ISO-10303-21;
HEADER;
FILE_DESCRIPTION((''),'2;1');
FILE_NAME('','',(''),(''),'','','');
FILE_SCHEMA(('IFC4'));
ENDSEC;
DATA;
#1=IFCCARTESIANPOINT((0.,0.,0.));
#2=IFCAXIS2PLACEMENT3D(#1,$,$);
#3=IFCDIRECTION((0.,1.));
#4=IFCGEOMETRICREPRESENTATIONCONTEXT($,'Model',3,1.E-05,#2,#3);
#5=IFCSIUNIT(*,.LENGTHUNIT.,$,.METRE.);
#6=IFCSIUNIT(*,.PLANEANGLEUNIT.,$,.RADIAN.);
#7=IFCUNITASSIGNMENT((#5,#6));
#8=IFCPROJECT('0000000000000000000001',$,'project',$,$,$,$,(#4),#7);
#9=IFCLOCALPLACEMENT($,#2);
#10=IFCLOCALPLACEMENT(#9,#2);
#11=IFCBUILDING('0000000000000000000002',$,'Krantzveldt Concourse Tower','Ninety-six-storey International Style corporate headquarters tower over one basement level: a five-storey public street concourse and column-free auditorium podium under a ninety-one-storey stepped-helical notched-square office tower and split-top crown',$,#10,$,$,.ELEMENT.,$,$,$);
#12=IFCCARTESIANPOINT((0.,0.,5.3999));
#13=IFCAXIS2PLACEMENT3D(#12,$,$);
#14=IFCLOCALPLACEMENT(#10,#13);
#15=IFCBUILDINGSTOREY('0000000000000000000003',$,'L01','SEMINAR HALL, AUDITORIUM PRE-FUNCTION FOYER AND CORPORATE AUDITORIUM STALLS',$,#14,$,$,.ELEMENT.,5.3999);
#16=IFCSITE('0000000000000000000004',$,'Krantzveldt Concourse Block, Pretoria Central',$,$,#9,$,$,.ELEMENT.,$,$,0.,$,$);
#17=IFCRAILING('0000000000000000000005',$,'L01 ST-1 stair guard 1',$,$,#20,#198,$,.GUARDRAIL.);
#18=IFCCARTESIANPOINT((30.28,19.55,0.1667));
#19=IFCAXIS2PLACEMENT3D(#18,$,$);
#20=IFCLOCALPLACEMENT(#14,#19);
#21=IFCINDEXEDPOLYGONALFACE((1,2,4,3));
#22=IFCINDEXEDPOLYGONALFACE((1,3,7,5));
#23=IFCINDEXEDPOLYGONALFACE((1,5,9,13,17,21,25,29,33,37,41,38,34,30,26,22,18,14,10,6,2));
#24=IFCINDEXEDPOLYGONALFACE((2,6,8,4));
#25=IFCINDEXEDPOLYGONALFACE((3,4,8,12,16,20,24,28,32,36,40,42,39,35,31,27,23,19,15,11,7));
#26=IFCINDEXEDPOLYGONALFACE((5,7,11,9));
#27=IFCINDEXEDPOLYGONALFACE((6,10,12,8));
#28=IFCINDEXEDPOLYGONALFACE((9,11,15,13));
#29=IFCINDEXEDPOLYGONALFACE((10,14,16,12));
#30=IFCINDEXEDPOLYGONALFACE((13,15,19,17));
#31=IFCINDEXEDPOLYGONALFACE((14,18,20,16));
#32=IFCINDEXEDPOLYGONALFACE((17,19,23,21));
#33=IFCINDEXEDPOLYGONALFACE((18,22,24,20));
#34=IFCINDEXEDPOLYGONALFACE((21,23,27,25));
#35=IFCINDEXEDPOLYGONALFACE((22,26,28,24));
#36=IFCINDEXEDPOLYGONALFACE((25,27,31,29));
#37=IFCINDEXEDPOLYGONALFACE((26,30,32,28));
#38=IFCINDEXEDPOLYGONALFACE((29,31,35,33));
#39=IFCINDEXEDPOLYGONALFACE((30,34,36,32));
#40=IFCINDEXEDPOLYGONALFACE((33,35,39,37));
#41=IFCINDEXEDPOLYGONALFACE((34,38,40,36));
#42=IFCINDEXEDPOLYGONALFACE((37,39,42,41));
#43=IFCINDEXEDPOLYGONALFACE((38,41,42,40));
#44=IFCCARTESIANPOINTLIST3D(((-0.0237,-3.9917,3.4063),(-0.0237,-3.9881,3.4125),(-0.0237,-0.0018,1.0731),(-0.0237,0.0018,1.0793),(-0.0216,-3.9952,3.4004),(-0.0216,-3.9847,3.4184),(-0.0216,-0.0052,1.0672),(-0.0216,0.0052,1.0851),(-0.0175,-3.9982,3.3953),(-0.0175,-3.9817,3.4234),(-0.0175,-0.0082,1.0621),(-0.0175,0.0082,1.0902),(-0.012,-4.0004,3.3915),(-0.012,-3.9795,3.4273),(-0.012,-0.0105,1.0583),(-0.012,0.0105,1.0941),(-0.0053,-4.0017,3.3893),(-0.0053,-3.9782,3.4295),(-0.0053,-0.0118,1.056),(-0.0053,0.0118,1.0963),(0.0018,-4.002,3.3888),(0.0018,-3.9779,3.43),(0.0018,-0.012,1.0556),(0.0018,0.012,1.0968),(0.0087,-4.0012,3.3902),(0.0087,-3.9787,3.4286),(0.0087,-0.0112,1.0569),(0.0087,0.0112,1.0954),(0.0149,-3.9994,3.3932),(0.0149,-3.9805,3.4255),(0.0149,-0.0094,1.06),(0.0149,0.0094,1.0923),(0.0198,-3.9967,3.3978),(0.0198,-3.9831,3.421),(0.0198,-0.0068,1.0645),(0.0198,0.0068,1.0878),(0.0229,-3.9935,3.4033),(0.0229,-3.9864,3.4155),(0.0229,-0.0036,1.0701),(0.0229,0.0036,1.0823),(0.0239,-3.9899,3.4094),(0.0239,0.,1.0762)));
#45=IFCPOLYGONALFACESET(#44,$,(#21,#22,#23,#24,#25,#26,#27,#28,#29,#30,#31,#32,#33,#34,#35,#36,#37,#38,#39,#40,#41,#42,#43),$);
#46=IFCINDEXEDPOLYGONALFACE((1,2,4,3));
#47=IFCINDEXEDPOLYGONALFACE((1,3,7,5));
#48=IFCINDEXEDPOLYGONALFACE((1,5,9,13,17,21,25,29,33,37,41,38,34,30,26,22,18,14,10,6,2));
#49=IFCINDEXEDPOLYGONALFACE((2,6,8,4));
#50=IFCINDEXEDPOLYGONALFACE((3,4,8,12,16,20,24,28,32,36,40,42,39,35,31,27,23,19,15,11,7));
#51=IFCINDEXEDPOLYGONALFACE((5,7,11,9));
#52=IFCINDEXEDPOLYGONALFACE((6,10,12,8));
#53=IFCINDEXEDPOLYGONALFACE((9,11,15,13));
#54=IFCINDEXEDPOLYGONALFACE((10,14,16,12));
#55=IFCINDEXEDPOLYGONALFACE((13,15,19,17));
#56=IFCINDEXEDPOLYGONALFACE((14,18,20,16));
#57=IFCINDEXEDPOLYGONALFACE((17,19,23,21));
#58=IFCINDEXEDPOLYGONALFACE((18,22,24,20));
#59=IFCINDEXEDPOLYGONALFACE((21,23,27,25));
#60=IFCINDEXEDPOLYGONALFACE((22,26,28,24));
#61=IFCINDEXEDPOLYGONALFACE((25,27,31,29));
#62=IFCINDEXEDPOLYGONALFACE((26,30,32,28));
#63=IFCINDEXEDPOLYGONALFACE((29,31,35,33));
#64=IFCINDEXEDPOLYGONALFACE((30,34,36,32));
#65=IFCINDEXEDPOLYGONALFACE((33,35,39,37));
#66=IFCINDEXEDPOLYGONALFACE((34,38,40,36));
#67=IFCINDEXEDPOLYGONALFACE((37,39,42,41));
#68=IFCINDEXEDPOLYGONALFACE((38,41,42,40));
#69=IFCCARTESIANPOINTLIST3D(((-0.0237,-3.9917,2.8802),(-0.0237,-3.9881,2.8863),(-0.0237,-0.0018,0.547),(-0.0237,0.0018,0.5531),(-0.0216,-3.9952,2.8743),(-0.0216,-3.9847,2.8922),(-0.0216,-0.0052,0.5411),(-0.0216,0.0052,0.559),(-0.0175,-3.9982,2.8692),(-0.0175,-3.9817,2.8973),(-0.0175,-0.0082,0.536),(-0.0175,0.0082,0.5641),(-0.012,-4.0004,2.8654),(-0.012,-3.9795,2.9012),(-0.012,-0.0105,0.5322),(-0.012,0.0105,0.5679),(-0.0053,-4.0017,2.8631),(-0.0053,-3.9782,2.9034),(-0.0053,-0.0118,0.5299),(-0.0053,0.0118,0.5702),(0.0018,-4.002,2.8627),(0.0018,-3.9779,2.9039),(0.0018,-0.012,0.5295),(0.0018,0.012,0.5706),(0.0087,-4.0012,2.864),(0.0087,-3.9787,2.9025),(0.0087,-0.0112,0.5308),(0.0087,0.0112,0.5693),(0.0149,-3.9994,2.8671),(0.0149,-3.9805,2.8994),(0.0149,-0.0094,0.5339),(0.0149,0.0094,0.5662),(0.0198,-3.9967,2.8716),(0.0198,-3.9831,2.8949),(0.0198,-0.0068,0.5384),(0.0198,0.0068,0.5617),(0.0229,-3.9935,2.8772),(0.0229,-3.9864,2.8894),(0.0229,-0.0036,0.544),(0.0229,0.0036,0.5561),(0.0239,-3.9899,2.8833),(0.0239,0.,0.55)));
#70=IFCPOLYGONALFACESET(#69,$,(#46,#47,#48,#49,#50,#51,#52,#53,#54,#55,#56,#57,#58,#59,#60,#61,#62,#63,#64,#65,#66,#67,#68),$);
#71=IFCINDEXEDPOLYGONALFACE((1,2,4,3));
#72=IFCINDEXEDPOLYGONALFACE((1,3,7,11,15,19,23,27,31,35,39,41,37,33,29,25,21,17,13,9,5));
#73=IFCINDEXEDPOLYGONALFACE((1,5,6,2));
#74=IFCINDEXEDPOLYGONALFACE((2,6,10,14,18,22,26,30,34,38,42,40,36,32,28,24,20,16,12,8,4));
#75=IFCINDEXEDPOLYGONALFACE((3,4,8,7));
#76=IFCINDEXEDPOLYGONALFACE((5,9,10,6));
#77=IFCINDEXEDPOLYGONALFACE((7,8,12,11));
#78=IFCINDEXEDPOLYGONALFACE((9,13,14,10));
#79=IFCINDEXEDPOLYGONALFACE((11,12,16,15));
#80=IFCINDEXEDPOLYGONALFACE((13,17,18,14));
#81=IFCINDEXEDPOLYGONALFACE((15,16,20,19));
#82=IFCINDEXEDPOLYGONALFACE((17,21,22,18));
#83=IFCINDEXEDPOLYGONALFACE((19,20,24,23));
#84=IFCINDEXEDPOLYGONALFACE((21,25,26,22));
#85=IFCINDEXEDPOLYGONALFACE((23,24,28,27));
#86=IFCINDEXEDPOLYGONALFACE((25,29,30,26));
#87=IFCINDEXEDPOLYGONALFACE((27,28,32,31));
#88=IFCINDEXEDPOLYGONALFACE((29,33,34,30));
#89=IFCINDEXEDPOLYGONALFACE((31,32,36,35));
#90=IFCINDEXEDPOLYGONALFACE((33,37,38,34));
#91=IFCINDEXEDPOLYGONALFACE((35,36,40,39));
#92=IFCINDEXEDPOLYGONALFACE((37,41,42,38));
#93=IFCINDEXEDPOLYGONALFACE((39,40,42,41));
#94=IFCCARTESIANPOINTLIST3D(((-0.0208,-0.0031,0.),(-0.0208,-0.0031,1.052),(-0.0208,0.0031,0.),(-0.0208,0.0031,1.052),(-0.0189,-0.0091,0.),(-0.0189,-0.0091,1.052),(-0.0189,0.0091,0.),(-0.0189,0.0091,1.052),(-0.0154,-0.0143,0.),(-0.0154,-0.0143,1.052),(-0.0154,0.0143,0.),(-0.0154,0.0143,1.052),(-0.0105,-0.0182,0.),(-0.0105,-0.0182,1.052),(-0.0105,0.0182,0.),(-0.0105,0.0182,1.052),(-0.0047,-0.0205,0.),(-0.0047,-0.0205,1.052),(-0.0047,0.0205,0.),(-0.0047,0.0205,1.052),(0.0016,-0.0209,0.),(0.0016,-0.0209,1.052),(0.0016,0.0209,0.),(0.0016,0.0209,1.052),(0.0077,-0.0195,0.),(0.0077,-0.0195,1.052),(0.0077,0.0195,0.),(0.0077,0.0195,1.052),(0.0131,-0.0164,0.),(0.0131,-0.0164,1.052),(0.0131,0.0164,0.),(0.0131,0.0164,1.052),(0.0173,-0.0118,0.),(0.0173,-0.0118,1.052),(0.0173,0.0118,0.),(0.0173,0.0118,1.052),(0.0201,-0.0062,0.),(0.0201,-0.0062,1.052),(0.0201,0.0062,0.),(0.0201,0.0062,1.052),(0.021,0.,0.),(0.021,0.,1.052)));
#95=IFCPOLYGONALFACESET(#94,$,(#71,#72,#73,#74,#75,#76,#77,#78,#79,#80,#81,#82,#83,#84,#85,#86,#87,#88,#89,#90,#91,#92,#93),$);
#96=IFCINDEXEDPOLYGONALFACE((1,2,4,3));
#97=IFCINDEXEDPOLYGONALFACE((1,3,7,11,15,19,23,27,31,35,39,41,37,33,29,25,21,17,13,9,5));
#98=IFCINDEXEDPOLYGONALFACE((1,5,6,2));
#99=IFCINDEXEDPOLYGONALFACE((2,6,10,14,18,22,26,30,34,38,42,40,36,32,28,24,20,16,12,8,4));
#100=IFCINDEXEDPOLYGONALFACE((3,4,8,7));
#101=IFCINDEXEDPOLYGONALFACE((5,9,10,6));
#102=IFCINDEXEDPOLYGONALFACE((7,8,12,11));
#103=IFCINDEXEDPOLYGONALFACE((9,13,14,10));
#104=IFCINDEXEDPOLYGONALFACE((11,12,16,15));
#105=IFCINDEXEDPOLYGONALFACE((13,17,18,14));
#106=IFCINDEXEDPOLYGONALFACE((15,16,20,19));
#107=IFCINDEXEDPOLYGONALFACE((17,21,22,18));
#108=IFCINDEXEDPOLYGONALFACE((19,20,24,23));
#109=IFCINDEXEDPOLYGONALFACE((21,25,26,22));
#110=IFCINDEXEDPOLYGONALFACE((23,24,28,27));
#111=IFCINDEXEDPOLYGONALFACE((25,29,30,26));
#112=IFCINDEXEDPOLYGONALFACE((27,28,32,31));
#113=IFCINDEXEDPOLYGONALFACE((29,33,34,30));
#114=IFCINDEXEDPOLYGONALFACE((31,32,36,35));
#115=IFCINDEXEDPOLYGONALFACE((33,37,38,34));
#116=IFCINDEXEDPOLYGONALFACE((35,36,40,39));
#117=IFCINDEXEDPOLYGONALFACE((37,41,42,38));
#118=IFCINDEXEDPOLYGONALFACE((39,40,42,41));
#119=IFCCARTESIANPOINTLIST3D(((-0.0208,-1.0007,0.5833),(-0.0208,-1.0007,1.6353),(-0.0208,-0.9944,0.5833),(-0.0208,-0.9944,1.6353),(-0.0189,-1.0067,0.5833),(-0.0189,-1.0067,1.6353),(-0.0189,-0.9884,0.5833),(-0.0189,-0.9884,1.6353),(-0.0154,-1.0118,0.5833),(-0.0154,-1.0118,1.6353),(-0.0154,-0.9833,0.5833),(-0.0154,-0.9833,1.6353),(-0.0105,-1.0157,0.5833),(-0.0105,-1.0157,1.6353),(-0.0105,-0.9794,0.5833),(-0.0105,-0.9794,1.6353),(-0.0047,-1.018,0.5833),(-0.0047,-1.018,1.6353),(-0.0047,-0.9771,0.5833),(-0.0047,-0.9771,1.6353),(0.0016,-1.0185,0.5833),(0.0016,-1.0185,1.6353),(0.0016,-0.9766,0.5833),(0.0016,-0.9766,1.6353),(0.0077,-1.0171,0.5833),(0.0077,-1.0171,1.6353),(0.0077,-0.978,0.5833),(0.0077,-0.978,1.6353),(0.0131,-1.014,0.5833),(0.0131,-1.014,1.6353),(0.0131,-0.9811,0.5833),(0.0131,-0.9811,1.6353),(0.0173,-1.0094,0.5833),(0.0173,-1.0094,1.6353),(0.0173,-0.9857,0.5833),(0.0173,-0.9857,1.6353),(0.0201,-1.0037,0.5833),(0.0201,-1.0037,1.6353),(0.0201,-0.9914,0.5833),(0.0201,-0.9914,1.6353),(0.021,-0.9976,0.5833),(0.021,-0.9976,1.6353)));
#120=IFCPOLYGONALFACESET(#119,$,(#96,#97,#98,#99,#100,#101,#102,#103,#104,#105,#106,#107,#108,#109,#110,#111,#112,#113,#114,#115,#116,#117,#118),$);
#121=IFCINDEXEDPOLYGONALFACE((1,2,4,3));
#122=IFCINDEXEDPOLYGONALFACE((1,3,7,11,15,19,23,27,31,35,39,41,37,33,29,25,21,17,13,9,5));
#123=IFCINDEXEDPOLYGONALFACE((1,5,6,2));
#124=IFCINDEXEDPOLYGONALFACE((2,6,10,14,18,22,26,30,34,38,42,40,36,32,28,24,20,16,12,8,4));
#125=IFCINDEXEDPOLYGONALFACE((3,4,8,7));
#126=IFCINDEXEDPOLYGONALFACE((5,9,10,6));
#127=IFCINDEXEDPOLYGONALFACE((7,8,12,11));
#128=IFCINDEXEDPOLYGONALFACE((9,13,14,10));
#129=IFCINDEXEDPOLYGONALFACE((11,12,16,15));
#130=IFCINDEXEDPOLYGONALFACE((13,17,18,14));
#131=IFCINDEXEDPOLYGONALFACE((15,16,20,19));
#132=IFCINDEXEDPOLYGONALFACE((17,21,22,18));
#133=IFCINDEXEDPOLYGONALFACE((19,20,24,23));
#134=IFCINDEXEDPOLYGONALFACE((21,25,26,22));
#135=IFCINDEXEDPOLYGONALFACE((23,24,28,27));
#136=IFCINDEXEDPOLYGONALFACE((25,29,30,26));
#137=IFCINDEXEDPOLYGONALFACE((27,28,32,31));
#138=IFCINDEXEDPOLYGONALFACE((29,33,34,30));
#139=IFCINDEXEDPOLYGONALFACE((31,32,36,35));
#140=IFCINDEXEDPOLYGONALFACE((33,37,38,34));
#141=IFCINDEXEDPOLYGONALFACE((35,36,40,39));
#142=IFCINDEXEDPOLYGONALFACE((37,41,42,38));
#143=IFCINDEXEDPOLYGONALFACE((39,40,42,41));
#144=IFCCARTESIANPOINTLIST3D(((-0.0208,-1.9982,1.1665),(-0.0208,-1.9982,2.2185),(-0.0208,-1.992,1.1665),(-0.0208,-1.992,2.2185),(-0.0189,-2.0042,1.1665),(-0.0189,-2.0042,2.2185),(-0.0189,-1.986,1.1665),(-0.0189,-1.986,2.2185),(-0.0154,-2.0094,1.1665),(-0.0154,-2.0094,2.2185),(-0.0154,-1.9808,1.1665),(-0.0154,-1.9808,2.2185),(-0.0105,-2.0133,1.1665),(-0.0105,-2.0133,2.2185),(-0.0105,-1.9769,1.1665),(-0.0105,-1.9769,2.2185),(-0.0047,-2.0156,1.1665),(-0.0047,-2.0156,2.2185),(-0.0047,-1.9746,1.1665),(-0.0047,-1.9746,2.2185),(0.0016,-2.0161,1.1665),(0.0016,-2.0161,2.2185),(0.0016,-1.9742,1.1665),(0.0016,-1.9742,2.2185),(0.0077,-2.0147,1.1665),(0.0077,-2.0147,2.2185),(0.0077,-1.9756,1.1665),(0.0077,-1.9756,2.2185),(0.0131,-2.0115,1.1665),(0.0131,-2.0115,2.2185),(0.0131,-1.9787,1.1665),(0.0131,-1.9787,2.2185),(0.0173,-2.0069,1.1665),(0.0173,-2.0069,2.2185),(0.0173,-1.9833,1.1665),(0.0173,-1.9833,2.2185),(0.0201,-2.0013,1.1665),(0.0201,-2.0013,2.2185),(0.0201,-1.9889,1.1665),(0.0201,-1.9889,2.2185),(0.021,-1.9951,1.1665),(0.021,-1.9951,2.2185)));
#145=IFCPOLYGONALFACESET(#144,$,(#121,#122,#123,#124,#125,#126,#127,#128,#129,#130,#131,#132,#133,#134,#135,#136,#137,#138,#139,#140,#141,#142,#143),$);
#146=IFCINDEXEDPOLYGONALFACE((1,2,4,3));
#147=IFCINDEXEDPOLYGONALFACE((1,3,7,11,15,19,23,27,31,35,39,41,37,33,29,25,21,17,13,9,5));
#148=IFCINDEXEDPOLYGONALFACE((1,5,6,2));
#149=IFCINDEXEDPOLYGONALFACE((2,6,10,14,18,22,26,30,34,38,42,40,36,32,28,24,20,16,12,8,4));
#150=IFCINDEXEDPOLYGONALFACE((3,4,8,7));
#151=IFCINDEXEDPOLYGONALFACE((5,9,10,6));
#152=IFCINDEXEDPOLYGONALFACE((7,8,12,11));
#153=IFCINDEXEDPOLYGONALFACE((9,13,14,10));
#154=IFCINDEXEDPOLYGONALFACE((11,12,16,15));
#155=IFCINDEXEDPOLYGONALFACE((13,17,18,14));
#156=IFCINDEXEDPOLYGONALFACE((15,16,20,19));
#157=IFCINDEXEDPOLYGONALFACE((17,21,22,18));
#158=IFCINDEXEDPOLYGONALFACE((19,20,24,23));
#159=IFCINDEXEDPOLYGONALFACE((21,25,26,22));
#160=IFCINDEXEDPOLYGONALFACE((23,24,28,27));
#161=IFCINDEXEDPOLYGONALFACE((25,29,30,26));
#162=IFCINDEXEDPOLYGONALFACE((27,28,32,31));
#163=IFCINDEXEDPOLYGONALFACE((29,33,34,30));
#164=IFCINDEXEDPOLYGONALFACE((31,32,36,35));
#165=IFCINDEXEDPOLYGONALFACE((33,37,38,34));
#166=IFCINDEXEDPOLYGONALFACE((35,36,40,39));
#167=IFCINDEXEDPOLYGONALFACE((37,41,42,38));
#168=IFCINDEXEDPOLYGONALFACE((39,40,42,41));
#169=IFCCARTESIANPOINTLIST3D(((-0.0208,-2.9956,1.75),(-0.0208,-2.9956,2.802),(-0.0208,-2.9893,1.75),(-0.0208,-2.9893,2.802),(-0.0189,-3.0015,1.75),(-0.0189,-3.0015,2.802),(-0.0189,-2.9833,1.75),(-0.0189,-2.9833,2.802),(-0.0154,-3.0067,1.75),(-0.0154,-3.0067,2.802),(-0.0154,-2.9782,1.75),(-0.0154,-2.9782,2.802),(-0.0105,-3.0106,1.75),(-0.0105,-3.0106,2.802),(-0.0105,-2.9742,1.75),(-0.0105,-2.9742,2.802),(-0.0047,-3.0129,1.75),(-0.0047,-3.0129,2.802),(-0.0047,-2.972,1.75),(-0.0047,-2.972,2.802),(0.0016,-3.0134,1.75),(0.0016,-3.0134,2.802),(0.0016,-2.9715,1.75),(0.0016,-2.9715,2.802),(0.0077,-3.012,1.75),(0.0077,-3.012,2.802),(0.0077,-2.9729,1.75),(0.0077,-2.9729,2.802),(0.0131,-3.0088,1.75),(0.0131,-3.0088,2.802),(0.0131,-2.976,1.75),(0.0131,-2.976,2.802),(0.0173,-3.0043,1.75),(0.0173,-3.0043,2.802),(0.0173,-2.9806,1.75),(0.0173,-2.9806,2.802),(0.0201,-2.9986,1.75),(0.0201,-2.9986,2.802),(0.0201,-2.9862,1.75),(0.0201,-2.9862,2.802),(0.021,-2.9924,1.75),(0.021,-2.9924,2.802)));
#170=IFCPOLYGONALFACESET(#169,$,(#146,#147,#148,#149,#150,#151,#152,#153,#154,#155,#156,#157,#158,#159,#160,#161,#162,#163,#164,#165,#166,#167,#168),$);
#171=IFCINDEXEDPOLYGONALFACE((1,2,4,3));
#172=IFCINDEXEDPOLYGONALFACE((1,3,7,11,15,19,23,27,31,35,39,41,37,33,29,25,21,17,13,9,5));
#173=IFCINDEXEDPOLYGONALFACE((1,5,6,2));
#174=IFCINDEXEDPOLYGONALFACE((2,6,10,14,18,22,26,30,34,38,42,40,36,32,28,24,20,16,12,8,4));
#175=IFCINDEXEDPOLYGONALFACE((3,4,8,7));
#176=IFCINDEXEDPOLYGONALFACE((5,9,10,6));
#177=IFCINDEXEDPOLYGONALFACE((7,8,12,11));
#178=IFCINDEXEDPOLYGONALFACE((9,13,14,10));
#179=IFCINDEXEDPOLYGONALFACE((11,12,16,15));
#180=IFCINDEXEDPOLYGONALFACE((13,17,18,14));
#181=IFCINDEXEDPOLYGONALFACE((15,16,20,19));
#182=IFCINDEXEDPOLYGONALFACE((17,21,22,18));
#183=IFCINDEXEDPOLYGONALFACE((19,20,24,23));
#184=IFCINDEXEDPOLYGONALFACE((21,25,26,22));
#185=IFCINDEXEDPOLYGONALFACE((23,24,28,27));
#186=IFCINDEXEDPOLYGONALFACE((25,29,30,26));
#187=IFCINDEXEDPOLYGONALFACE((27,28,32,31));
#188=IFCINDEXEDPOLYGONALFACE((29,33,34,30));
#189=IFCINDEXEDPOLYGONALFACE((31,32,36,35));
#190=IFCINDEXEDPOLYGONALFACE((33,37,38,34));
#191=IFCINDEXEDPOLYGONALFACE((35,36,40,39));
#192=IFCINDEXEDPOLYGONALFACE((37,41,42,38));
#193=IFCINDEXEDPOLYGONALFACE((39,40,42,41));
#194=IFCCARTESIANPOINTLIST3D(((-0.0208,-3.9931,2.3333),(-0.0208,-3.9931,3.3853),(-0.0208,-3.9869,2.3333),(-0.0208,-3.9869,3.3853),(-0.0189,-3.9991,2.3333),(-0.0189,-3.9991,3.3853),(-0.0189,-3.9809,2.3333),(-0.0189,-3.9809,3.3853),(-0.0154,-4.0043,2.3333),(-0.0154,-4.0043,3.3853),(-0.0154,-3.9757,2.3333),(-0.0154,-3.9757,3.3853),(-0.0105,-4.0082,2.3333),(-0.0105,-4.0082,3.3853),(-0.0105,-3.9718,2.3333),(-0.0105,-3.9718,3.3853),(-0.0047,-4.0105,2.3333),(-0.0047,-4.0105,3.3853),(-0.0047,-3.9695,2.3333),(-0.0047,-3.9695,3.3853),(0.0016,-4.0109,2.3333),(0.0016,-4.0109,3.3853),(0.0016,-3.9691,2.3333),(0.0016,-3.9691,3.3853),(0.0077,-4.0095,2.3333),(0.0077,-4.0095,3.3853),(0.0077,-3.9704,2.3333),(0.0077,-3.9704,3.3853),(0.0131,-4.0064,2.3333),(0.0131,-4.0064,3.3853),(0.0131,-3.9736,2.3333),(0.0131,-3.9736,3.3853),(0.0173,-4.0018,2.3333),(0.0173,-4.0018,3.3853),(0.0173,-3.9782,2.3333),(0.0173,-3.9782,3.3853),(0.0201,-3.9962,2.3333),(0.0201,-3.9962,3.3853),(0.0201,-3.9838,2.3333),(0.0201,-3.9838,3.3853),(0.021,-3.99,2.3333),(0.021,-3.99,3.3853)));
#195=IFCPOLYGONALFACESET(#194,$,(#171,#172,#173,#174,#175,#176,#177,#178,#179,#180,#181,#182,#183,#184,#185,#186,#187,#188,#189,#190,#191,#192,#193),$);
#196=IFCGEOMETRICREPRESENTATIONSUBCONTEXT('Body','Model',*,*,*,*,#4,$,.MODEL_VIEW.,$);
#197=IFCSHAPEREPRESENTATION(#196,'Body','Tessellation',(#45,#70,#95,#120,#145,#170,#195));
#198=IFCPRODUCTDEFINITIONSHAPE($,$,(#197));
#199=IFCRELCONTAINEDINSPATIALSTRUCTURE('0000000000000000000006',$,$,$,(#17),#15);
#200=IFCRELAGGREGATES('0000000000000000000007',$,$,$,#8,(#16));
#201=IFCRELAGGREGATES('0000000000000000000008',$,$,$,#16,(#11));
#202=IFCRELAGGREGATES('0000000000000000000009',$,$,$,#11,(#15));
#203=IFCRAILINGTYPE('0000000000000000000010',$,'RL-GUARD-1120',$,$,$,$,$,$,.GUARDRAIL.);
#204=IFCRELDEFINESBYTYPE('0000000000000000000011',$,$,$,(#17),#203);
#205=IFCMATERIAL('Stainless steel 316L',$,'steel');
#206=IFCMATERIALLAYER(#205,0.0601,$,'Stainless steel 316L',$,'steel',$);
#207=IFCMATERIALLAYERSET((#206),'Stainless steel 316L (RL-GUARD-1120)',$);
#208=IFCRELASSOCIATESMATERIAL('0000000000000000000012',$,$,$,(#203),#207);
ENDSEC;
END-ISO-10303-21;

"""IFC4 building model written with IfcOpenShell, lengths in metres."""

from ifc_helpers import new_model, si_unit, direction, frame, origin, origin_2d, place, context, subcontext, project, spatial, circle, extrude, material, layer, layer_set, type_object, element, save


model = new_model("IFC4")

# Units and contexts
model_context = context("Model", 3, precision=1e-05, world=origin(), true_north=direction((0.0, 1.0)))
body_context = subcontext(model_context, "Body", "Model", "MODEL_VIEW")
ifc_project = project(units=[si_unit("LENGTHUNIT", "METRE"), si_unit("PLANEANGLEUNIT", "RADIAN")], contexts=[model_context])

# Site, building, storey
site_placement = place(None, origin())
site = spatial("IfcSite", under=ifc_project, at=site_placement, Name="Krantzveldt Concourse Block, Pretoria Central", CompositionType="ELEMENT", RefElevation=0.0)
building_placement = place(site_placement, origin())
building = spatial("IfcBuilding", under=site, at=building_placement, Name="Krantzveldt Concourse Tower", Description="Ninety-six-storey International Style corporate headquarters tower over one basement level: a five-storey public street concourse and column-free auditorium podium under a ninety-one-storey stepped-helical notched-square office tower and split-top crown", CompositionType="ELEMENT")
storey_placement = place(building_placement, frame((0.0, 0.0, 5.3999)))
storey = spatial("IfcBuildingStorey", under=building, at=storey_placement, Name="L01", Description="SEMINAR HALL, AUDITORIUM PRE-FUNCTION FOYER AND CORPORATE AUDITORIUM STALLS", CompositionType="ELEMENT", Elevation=5.3999)

# Shared definitions
ifc_material_1 = material(Name="Stainless steel 316L", Category="steel")

# Railing
ifc_layer_1 = layer(ifc_material_1, 0.0601, Name="Stainless steel 316L", Category="steel")
ifc_layer_set_1 = layer_set([ifc_layer_1], Name="Stainless steel 316L (RL-GUARD-1120)")
railing_type_1 = type_object("IfcRailingType", Name="RL-GUARD-1120", PredefinedType="GUARDRAIL", material=ifc_layer_set_1)
railing_1_placement = place(storey_placement, frame((30.28, 19.55, 0.1667)))
element("IfcRailing", 1, at=railing_1_placement, inside=storey, type_object=railing_type_1, Name="L01 ST-1 stair guard 1", PredefinedType="GUARDRAIL", context=body_context, shape_type="SweptSolid", body=[
    extrude(circle(Radius=0.0239, at=origin_2d()), frame((0.0, 0.0, 1.0762), z_axis=(0.0, -0.863236, 0.5048), x_axis=(1.0, 0.0, 0.0)), (0.0, 0.0, 1.0), 4.6221),
    extrude(circle(Radius=0.0239, at=origin_2d()), frame((0.0, 0.0, 0.55), z_axis=(0.0, -0.863236, 0.5048), x_axis=(1.0, 0.0, 0.0)), (0.0, 0.0, 1.0), 4.6221),
    extrude(circle(Radius=0.021, at=origin_2d()), origin(), (0.0, 0.0, 1.0), 1.052),
    extrude(circle(Radius=0.021, at=origin_2d()), frame((0.0, -0.9976, 0.5833)), (0.0, 0.0, 1.0), 1.052),
    extrude(circle(Radius=0.021, at=origin_2d()), frame((0.0, -1.9951, 1.1665)), (0.0, 0.0, 1.0), 1.052),
    extrude(circle(Radius=0.021, at=origin_2d()), frame((0.0, -2.9924, 1.75)), (0.0, 0.0, 1.0), 1.052),
    extrude(circle(Radius=0.021, at=origin_2d()), frame((0.0, -3.99, 2.3333)), (0.0, 0.0, 1.0), 1.052),
])

save(model, "model.ifc")
